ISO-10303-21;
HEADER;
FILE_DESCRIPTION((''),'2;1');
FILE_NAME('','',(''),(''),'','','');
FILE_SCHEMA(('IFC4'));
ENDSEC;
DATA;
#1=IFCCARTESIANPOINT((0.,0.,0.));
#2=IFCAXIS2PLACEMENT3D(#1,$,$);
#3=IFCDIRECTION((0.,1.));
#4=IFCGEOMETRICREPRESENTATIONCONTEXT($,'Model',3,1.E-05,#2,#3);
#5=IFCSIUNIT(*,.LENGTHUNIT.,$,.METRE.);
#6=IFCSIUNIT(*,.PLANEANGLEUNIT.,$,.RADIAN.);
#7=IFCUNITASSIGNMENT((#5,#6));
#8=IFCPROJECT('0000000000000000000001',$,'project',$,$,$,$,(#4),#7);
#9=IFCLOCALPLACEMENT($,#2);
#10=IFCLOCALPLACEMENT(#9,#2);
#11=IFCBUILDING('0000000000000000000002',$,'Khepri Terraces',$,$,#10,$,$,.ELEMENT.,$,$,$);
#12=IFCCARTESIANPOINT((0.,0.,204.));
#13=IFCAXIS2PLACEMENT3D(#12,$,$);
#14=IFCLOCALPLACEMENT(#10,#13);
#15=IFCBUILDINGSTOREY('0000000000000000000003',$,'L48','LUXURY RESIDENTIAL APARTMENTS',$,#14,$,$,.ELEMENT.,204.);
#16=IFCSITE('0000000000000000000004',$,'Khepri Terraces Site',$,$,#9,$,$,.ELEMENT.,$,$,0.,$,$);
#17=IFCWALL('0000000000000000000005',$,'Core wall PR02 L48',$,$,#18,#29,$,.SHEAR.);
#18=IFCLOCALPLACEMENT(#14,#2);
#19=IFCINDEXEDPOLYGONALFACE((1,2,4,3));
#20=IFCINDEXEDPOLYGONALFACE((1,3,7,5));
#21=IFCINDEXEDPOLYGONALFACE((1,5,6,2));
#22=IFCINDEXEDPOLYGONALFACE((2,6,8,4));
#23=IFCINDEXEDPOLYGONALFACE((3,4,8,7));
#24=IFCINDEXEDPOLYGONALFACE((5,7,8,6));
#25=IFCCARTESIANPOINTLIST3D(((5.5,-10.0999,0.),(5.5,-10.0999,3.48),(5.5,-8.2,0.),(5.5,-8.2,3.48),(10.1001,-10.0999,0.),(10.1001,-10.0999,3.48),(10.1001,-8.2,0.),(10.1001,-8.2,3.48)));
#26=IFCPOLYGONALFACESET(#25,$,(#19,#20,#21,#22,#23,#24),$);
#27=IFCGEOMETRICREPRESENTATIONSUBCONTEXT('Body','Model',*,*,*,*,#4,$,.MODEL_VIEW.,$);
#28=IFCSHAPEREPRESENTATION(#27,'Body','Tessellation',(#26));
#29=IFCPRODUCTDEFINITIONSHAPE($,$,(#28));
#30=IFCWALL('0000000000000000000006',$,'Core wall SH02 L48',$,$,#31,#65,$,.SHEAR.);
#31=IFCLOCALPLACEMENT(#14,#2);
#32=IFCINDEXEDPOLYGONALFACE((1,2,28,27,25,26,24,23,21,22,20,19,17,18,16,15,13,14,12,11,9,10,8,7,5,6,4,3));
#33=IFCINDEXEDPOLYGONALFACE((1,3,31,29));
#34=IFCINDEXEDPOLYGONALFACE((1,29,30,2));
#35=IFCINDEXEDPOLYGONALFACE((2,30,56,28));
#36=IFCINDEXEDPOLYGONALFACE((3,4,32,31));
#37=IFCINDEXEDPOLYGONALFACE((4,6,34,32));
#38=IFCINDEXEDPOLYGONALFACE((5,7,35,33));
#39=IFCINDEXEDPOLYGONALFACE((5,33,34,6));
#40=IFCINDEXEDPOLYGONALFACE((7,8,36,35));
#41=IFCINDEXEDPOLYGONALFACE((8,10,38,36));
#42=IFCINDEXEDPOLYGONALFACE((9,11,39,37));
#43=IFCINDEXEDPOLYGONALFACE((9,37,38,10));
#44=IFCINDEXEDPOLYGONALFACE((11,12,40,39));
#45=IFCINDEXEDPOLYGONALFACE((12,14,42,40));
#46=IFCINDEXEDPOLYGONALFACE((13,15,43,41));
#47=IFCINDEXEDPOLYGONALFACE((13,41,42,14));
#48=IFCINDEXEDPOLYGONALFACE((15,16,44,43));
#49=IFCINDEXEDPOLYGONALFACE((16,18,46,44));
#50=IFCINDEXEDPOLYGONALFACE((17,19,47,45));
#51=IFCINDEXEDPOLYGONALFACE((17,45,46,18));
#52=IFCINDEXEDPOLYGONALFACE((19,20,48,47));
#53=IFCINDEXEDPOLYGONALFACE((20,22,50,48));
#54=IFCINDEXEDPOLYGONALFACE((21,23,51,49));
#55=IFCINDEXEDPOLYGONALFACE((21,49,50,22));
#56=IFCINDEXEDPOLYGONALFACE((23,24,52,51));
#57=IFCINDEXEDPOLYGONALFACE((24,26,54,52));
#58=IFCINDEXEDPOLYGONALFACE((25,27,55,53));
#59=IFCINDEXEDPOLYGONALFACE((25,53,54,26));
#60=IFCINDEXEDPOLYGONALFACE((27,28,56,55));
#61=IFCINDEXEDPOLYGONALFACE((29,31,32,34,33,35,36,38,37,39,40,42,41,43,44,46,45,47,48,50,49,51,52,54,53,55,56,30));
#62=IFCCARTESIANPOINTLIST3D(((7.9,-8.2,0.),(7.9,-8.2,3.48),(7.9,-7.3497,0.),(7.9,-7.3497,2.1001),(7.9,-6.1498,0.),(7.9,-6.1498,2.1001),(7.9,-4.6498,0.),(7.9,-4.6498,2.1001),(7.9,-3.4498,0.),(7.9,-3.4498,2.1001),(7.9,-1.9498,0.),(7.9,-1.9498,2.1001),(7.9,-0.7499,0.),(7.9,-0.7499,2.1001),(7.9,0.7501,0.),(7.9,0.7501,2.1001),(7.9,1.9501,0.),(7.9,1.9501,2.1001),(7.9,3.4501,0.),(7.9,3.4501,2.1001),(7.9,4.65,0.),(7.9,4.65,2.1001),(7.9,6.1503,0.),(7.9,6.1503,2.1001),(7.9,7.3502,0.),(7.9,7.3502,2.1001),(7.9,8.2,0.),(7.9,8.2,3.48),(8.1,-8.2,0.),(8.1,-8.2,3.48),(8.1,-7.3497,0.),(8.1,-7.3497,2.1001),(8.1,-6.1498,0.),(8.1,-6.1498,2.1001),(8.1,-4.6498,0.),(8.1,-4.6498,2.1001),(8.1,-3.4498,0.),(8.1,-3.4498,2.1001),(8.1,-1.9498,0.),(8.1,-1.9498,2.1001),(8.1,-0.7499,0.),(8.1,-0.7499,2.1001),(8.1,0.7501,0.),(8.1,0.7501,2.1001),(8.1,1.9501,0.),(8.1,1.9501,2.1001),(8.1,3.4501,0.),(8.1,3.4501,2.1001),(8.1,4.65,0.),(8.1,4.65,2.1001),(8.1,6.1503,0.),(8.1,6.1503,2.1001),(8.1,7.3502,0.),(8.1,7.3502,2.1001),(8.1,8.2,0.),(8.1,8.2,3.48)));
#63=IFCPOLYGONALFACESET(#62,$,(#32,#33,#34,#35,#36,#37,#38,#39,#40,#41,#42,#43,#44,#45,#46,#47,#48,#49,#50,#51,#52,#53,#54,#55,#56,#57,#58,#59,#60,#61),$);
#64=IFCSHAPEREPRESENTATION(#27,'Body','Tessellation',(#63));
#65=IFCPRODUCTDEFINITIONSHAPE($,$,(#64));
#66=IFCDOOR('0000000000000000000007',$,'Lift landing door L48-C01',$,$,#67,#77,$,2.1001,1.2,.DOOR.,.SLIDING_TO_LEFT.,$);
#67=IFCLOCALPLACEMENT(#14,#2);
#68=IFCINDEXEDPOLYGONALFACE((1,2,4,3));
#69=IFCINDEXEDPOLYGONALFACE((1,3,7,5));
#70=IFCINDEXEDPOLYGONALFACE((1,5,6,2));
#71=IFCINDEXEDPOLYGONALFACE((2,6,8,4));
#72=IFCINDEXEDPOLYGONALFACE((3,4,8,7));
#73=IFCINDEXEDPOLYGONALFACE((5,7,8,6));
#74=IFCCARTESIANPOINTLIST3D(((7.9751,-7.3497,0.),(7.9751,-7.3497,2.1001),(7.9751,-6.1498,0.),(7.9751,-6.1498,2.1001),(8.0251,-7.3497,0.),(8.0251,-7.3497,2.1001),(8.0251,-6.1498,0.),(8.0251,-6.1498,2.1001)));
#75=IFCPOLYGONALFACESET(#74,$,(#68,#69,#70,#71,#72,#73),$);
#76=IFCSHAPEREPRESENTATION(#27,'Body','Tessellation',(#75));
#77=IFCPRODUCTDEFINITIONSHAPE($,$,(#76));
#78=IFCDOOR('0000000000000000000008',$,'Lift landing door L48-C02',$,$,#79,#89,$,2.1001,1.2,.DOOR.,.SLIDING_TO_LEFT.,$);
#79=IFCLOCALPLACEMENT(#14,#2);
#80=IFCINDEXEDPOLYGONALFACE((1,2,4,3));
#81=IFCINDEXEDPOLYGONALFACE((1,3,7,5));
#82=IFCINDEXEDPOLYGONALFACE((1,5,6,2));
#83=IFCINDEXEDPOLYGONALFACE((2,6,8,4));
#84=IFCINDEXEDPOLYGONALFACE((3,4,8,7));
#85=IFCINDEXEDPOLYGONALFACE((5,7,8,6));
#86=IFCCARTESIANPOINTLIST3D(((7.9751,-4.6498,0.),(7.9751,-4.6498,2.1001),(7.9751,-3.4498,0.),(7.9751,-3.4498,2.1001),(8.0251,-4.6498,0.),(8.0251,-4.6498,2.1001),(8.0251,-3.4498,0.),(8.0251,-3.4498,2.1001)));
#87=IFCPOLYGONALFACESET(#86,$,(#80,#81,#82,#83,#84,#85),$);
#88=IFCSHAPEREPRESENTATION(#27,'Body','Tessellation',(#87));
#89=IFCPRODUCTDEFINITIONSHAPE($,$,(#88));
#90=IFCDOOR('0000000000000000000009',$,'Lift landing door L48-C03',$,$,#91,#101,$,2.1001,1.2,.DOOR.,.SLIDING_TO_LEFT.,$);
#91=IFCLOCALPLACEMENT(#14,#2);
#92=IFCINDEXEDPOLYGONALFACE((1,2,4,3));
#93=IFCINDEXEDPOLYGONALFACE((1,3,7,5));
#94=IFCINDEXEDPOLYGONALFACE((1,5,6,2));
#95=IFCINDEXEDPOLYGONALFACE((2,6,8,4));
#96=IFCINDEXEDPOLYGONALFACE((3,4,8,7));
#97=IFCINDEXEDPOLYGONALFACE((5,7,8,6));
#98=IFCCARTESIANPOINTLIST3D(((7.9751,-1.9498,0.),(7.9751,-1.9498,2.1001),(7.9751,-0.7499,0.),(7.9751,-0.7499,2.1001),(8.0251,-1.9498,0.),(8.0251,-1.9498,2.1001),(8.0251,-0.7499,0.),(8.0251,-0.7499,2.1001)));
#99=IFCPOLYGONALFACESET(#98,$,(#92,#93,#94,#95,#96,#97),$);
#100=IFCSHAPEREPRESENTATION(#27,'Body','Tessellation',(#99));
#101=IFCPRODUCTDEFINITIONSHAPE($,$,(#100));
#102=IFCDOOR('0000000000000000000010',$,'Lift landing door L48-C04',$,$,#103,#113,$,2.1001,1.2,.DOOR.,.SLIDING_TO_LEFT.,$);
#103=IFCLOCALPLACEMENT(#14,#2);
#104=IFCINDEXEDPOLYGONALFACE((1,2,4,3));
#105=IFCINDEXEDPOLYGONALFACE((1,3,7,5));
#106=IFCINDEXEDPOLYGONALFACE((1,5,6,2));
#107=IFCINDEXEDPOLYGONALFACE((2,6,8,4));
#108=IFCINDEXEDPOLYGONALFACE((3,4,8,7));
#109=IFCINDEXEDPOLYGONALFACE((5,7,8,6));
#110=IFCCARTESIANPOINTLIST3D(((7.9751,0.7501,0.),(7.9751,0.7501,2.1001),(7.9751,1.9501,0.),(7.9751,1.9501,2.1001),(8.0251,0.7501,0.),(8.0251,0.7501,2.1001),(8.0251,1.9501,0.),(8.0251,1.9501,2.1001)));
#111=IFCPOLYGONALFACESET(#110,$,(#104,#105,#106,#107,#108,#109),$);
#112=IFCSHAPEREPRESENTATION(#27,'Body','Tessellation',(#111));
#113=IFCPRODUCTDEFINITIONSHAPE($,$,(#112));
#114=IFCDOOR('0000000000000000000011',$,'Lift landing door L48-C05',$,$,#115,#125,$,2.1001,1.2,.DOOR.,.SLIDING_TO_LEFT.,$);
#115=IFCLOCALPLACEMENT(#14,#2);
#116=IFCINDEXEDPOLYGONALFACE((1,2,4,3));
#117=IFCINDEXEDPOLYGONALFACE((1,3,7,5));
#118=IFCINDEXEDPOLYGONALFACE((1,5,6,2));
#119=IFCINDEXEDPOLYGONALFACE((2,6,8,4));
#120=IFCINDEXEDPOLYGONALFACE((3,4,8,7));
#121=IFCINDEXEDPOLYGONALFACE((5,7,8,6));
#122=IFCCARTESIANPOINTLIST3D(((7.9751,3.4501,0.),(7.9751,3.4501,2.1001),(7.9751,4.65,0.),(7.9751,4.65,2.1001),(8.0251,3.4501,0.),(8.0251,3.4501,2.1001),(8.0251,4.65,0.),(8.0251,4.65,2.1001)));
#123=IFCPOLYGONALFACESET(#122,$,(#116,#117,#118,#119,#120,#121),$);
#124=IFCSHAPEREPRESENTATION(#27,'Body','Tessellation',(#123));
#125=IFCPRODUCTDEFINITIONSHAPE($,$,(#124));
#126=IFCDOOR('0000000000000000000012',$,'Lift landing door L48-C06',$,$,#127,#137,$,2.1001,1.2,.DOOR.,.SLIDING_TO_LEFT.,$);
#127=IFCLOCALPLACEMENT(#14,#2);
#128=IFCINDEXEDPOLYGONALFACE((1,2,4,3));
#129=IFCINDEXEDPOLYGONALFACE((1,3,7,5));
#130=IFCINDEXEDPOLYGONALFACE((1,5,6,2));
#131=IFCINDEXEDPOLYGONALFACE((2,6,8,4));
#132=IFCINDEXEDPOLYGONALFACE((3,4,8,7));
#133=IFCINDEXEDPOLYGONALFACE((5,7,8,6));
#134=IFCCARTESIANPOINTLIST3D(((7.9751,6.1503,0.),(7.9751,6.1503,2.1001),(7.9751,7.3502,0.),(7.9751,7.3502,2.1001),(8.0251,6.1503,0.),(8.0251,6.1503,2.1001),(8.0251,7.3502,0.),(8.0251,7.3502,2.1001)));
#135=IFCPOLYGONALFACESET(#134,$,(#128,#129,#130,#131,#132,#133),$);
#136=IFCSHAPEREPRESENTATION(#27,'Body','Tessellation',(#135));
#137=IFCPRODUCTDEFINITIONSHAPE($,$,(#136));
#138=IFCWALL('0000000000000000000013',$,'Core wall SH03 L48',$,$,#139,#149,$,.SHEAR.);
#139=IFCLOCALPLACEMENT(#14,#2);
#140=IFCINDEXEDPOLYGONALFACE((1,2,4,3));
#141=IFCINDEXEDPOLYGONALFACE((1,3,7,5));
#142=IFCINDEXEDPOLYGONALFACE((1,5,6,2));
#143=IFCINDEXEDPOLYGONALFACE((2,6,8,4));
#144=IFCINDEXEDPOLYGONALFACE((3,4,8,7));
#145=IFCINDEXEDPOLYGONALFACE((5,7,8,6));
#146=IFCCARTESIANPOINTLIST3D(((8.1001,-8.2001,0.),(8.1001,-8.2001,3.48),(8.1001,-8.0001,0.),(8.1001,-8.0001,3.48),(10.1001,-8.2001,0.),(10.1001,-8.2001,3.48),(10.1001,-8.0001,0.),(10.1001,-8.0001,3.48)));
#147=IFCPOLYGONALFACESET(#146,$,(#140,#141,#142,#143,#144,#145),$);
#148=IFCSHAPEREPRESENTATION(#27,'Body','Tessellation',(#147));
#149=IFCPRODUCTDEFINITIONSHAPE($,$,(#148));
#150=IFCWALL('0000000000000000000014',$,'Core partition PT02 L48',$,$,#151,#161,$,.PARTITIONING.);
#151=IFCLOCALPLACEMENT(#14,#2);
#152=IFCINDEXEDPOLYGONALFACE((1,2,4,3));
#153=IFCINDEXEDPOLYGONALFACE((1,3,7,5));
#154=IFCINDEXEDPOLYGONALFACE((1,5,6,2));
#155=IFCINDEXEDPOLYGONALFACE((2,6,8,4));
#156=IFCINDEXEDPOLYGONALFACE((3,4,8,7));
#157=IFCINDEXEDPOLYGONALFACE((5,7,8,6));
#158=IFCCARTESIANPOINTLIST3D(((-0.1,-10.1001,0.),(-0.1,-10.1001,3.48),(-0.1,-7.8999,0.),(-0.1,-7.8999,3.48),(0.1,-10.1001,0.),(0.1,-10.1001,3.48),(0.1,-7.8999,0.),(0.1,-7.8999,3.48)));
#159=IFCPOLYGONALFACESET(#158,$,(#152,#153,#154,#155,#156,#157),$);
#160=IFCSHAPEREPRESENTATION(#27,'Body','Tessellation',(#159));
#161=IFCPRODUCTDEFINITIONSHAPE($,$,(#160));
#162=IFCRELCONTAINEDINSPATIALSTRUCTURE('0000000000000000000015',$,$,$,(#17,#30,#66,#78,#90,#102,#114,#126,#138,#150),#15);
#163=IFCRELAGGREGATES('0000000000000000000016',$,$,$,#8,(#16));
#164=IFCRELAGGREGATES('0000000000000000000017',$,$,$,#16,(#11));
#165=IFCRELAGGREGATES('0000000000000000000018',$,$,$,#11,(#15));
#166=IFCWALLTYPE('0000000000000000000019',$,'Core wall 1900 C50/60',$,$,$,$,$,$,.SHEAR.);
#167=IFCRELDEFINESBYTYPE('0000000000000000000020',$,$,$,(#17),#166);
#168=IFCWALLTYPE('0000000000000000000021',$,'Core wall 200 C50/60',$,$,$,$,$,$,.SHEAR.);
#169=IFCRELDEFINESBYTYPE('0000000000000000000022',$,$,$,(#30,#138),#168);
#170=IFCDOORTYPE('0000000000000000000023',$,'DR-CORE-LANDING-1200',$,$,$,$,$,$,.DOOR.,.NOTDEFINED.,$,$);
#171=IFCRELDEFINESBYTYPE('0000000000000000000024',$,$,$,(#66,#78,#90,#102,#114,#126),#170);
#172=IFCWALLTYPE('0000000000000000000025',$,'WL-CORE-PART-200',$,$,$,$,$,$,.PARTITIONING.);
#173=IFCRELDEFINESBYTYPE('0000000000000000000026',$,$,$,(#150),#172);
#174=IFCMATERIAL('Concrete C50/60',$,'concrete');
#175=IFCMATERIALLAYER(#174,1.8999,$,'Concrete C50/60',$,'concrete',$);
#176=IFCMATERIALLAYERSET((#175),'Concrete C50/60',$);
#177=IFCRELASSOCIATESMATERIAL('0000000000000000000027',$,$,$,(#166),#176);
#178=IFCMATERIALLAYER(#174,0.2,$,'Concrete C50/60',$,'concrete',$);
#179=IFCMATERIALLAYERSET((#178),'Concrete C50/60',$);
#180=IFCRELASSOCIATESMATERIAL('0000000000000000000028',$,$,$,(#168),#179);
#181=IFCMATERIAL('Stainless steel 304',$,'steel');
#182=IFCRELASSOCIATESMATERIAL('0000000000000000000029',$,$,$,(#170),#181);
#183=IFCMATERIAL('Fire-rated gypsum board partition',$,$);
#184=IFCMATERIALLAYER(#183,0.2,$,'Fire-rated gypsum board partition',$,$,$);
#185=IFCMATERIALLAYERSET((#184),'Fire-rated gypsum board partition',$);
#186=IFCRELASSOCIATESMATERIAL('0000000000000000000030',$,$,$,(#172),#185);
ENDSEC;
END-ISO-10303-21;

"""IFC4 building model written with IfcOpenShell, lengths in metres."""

from ifc_helpers import new_model, si_unit, direction, frame, frame_2d, origin, place, context, subcontext, project, spatial, rectangle, extrude, material, layer, layer_set, type_object, element, fill, save


model = new_model("IFC4")

# Units and contexts
model_context = context("Model", 3, precision=1e-05, world=origin(), true_north=direction((0.0, 1.0)))
body_context = subcontext(model_context, "Body", "Model", "MODEL_VIEW")
ifc_project = project(units=[si_unit("LENGTHUNIT", "METRE"), si_unit("PLANEANGLEUNIT", "RADIAN")], contexts=[model_context])

# Site, building, storey
site_placement = place(None, origin())
site = spatial("IfcSite", under=ifc_project, at=site_placement, Name="Khepri Terraces Site", CompositionType="ELEMENT", RefElevation=0.0)
building_placement = place(site_placement, origin())
building = spatial("IfcBuilding", under=site, at=building_placement, Name="Khepri Terraces", CompositionType="ELEMENT")
storey_placement = place(building_placement, frame((0.0, 0.0, 204.0)))
storey = spatial("IfcBuildingStorey", under=building, at=storey_placement, Name="L48", Description="LUXURY RESIDENTIAL APARTMENTS", CompositionType="ELEMENT", Elevation=204.0)

# Wall
ifc_material_1 = material(Name="Concrete C50/60", Category="concrete")
ifc_layer_1 = layer(ifc_material_1, 1.8999, Name="Concrete C50/60", Category="concrete")
ifc_layer_set_1 = layer_set([ifc_layer_1], Name="Concrete C50/60")
wall_type_1 = type_object("IfcWallType", Name="Core wall 1900 C50/60", PredefinedType="SHEAR", material=ifc_layer_set_1)
wall_1_placement = place(storey_placement, frame((5.5, -9.1499, 0.0), z_axis=(0.0, 0.0, 1.0), x_axis=(1.0, 0.0, 0.0)))
element("IfcWall", 1, at=wall_1_placement, inside=storey, type_object=wall_type_1, Name="Core wall PR02 L48", PredefinedType="SHEAR", context=body_context, shape_type="SweptSolid", body=[
    extrude(rectangle(XDim=4.6001, YDim=1.8999, at=frame_2d((2.3, 0.0))), origin(), (0.0, 0.0, 1.0), 3.48),
])

# Wall, openings, doors
ifc_layer_2 = layer(ifc_material_1, 0.2, Name="Concrete C50/60", Category="concrete")
ifc_layer_set_2 = layer_set([ifc_layer_2], Name="Concrete C50/60")
wall_type_2 = type_object("IfcWallType", Name="Core wall 200 C50/60", PredefinedType="SHEAR", material=ifc_layer_set_2)
wall_2_placement = place(storey_placement, frame((8.0, -8.2, 0.0), z_axis=(0.0, 0.0, 1.0), x_axis=(0.0, 1.0, 0.0)))
wall_2 = element("IfcWall", 2, at=wall_2_placement, inside=storey, type_object=wall_type_2, Name="Core wall SH02 L48", PredefinedType="SHEAR", context=body_context, shape_type="SweptSolid", body=[
    extrude(rectangle(XDim=16.3999, YDim=0.2, at=frame_2d((8.2, 0.0))), origin(), (0.0, 0.0, 1.0), 3.48),
])
opening_1_placement = place(wall_2_placement, frame((0.8501, 0.0, 0.0)))
opening_1 = element("IfcOpeningElement", 3, at=opening_1_placement, cuts=wall_2, PredefinedType="OPENING", context=body_context, shape_type="SweptSolid", body=[
    extrude(rectangle(XDim=1.2, YDim=2.1001, at=frame_2d((0.6001, 1.05))), frame((0.0, 0.1099, 0.0), z_axis=(0.0, -1.0, 0.0), x_axis=(1.0, 0.0, 0.0)), (0.0, 0.0, 1.0), 0.22),
])
opening_2_placement = place(wall_2_placement, frame((3.55, 0.0, 0.0)))
opening_2 = element("IfcOpeningElement", 4, at=opening_2_placement, cuts=wall_2, PredefinedType="OPENING", context=body_context, shape_type="SweptSolid", body=[
    extrude(rectangle(XDim=1.2, YDim=2.1001, at=frame_2d((0.6001, 1.05))), frame((0.0, 0.1099, 0.0), z_axis=(0.0, -1.0, 0.0), x_axis=(1.0, 0.0, 0.0)), (0.0, 0.0, 1.0), 0.22),
])
opening_3_placement = place(wall_2_placement, frame((6.25, 0.0, 0.0)))
opening_3 = element("IfcOpeningElement", 5, at=opening_3_placement, cuts=wall_2, PredefinedType="OPENING", context=body_context, shape_type="SweptSolid", body=[
    extrude(rectangle(XDim=1.2, YDim=2.1001, at=frame_2d((0.6001, 1.05))), frame((0.0, 0.1099, 0.0), z_axis=(0.0, -1.0, 0.0), x_axis=(1.0, 0.0, 0.0)), (0.0, 0.0, 1.0), 0.22),
])
opening_4_placement = place(wall_2_placement, frame((8.95, 0.0, 0.0)))
opening_4 = element("IfcOpeningElement", 6, at=opening_4_placement, cuts=wall_2, PredefinedType="OPENING", context=body_context, shape_type="SweptSolid", body=[
    extrude(rectangle(XDim=1.2, YDim=2.1001, at=frame_2d((0.6001, 1.05))), frame((0.0, 0.1099, 0.0), z_axis=(0.0, -1.0, 0.0), x_axis=(1.0, 0.0, 0.0)), (0.0, 0.0, 1.0), 0.22),
])
opening_5_placement = place(wall_2_placement, frame((11.6499, 0.0, 0.0)))
opening_5 = element("IfcOpeningElement", 7, at=opening_5_placement, cuts=wall_2, PredefinedType="OPENING", context=body_context, shape_type="SweptSolid", body=[
    extrude(rectangle(XDim=1.2, YDim=2.1001, at=frame_2d((0.6001, 1.05))), frame((0.0, 0.1099, 0.0), z_axis=(0.0, -1.0, 0.0), x_axis=(1.0, 0.0, 0.0)), (0.0, 0.0, 1.0), 0.22),
])
opening_6_placement = place(wall_2_placement, frame((14.3501, 0.0, 0.0)))
opening_6 = element("IfcOpeningElement", 8, at=opening_6_placement, cuts=wall_2, PredefinedType="OPENING", context=body_context, shape_type="SweptSolid", body=[
    extrude(rectangle(XDim=1.2, YDim=2.1001, at=frame_2d((0.6001, 1.05))), frame((0.0, 0.1099, 0.0), z_axis=(0.0, -1.0, 0.0), x_axis=(1.0, 0.0, 0.0)), (0.0, 0.0, 1.0), 0.22),
])
ifc_material_2 = material(Name="Stainless steel 304", Category="steel")
door_type_1 = type_object("IfcDoorType", Name="DR-CORE-LANDING-1200", OperationType="NOTDEFINED", PredefinedType="DOOR", material=ifc_material_2)
door_1_placement = place(opening_1_placement, origin())
door_1 = element("IfcDoor", 9, at=door_1_placement, inside=storey, type_object=door_type_1, Name="Lift landing door L48-C01", OperationType="SLIDING_TO_LEFT", OverallHeight=2.1001, OverallWidth=1.2, PredefinedType="DOOR", context=body_context, shape_type="SweptSolid", body=[
    extrude(rectangle(XDim=1.2, YDim=2.1001, at=frame_2d((0.6001, 1.05))), frame((0.0, 0.0249, 0.0), z_axis=(0.0, -1.0, 0.0), x_axis=(1.0, 0.0, 0.0)), (0.0, 0.0, 1.0), 0.05),
])
fill(opening_1, door_1)
door_2_placement = place(opening_2_placement, origin())
door_2 = element("IfcDoor", 10, at=door_2_placement, inside=storey, type_object=door_type_1, Name="Lift landing door L48-C02", OperationType="SLIDING_TO_LEFT", OverallHeight=2.1001, OverallWidth=1.2, PredefinedType="DOOR", context=body_context, shape_type="SweptSolid", body=[
    extrude(rectangle(XDim=1.2, YDim=2.1001, at=frame_2d((0.6001, 1.05))), frame((0.0, 0.0249, 0.0), z_axis=(0.0, -1.0, 0.0), x_axis=(1.0, 0.0, 0.0)), (0.0, 0.0, 1.0), 0.05),
])
fill(opening_2, door_2)
door_3_placement = place(opening_3_placement, origin())
door_3 = element("IfcDoor", 11, at=door_3_placement, inside=storey, type_object=door_type_1, Name="Lift landing door L48-C03", OperationType="SLIDING_TO_LEFT", OverallHeight=2.1001, OverallWidth=1.2, PredefinedType="DOOR", context=body_context, shape_type="SweptSolid", body=[
    extrude(rectangle(XDim=1.2, YDim=2.1001, at=frame_2d((0.6001, 1.05))), frame((0.0, 0.0249, 0.0), z_axis=(0.0, -1.0, 0.0), x_axis=(1.0, 0.0, 0.0)), (0.0, 0.0, 1.0), 0.05),
])
fill(opening_3, door_3)
door_4_placement = place(opening_4_placement, origin())
door_4 = element("IfcDoor", 12, at=door_4_placement, inside=storey, type_object=door_type_1, Name="Lift landing door L48-C04", OperationType="SLIDING_TO_LEFT", OverallHeight=2.1001, OverallWidth=1.2, PredefinedType="DOOR", context=body_context, shape_type="SweptSolid", body=[
    extrude(rectangle(XDim=1.2, YDim=2.1001, at=frame_2d((0.6001, 1.05))), frame((0.0, 0.0249, 0.0), z_axis=(0.0, -1.0, 0.0), x_axis=(1.0, 0.0, 0.0)), (0.0, 0.0, 1.0), 0.05),
])
fill(opening_4, door_4)
door_5_placement = place(opening_5_placement, origin())
door_5 = element("IfcDoor", 13, at=door_5_placement, inside=storey, type_object=door_type_1, Name="Lift landing door L48-C05", OperationType="SLIDING_TO_LEFT", OverallHeight=2.1001, OverallWidth=1.2, PredefinedType="DOOR", context=body_context, shape_type="SweptSolid", body=[
    extrude(rectangle(XDim=1.2, YDim=2.1001, at=frame_2d((0.6001, 1.05))), frame((0.0, 0.0249, 0.0), z_axis=(0.0, -1.0, 0.0), x_axis=(1.0, 0.0, 0.0)), (0.0, 0.0, 1.0), 0.05),
])
fill(opening_5, door_5)
door_6_placement = place(opening_6_placement, origin())
door_6 = element("IfcDoor", 14, at=door_6_placement, inside=storey, type_object=door_type_1, Name="Lift landing door L48-C06", OperationType="SLIDING_TO_LEFT", OverallHeight=2.1001, OverallWidth=1.2, PredefinedType="DOOR", context=body_context, shape_type="SweptSolid", body=[
    extrude(rectangle(XDim=1.2, YDim=2.1001, at=frame_2d((0.6001, 1.05))), frame((0.0, 0.0249, 0.0), z_axis=(0.0, -1.0, 0.0), x_axis=(1.0, 0.0, 0.0)), (0.0, 0.0, 1.0), 0.05),
])
fill(opening_6, door_6)

# Walls
wall_3_placement = place(storey_placement, frame((8.1001, -8.1001, 0.0), z_axis=(0.0, 0.0, 1.0), x_axis=(1.0, 0.0, 0.0)))
element("IfcWall", 15, at=wall_3_placement, inside=storey, type_object=wall_type_2, Name="Core wall SH03 L48", PredefinedType="SHEAR", context=body_context, shape_type="SweptSolid", body=[
    extrude(rectangle(XDim=2.0, YDim=0.2, at=frame_2d((1.0, 0.0))), origin(), (0.0, 0.0, 1.0), 3.48),
])
ifc_material_3 = material(Name="Fire-rated gypsum board partition")
ifc_layer_3 = layer(ifc_material_3, 0.2, Name="Fire-rated gypsum board partition")
ifc_layer_set_3 = layer_set([ifc_layer_3], Name="Fire-rated gypsum board partition")
wall_type_3 = type_object("IfcWallType", Name="WL-CORE-PART-200", PredefinedType="PARTITIONING", material=ifc_layer_set_3)
wall_4_placement = place(storey_placement, frame((0.0, -10.1001, 0.0), z_axis=(0.0, 0.0, 1.0), x_axis=(0.0, 1.0, 0.0)))
element("IfcWall", 16, at=wall_4_placement, inside=storey, type_object=wall_type_3, Name="Core partition PT02 L48", PredefinedType="PARTITIONING", context=body_context, shape_type="SweptSolid", body=[
    extrude(rectangle(XDim=2.2002, YDim=0.2, at=frame_2d((1.1001, 0.0))), origin(), (0.0, 0.0, 1.0), 3.48),
])

save(model, "model.ifc")
